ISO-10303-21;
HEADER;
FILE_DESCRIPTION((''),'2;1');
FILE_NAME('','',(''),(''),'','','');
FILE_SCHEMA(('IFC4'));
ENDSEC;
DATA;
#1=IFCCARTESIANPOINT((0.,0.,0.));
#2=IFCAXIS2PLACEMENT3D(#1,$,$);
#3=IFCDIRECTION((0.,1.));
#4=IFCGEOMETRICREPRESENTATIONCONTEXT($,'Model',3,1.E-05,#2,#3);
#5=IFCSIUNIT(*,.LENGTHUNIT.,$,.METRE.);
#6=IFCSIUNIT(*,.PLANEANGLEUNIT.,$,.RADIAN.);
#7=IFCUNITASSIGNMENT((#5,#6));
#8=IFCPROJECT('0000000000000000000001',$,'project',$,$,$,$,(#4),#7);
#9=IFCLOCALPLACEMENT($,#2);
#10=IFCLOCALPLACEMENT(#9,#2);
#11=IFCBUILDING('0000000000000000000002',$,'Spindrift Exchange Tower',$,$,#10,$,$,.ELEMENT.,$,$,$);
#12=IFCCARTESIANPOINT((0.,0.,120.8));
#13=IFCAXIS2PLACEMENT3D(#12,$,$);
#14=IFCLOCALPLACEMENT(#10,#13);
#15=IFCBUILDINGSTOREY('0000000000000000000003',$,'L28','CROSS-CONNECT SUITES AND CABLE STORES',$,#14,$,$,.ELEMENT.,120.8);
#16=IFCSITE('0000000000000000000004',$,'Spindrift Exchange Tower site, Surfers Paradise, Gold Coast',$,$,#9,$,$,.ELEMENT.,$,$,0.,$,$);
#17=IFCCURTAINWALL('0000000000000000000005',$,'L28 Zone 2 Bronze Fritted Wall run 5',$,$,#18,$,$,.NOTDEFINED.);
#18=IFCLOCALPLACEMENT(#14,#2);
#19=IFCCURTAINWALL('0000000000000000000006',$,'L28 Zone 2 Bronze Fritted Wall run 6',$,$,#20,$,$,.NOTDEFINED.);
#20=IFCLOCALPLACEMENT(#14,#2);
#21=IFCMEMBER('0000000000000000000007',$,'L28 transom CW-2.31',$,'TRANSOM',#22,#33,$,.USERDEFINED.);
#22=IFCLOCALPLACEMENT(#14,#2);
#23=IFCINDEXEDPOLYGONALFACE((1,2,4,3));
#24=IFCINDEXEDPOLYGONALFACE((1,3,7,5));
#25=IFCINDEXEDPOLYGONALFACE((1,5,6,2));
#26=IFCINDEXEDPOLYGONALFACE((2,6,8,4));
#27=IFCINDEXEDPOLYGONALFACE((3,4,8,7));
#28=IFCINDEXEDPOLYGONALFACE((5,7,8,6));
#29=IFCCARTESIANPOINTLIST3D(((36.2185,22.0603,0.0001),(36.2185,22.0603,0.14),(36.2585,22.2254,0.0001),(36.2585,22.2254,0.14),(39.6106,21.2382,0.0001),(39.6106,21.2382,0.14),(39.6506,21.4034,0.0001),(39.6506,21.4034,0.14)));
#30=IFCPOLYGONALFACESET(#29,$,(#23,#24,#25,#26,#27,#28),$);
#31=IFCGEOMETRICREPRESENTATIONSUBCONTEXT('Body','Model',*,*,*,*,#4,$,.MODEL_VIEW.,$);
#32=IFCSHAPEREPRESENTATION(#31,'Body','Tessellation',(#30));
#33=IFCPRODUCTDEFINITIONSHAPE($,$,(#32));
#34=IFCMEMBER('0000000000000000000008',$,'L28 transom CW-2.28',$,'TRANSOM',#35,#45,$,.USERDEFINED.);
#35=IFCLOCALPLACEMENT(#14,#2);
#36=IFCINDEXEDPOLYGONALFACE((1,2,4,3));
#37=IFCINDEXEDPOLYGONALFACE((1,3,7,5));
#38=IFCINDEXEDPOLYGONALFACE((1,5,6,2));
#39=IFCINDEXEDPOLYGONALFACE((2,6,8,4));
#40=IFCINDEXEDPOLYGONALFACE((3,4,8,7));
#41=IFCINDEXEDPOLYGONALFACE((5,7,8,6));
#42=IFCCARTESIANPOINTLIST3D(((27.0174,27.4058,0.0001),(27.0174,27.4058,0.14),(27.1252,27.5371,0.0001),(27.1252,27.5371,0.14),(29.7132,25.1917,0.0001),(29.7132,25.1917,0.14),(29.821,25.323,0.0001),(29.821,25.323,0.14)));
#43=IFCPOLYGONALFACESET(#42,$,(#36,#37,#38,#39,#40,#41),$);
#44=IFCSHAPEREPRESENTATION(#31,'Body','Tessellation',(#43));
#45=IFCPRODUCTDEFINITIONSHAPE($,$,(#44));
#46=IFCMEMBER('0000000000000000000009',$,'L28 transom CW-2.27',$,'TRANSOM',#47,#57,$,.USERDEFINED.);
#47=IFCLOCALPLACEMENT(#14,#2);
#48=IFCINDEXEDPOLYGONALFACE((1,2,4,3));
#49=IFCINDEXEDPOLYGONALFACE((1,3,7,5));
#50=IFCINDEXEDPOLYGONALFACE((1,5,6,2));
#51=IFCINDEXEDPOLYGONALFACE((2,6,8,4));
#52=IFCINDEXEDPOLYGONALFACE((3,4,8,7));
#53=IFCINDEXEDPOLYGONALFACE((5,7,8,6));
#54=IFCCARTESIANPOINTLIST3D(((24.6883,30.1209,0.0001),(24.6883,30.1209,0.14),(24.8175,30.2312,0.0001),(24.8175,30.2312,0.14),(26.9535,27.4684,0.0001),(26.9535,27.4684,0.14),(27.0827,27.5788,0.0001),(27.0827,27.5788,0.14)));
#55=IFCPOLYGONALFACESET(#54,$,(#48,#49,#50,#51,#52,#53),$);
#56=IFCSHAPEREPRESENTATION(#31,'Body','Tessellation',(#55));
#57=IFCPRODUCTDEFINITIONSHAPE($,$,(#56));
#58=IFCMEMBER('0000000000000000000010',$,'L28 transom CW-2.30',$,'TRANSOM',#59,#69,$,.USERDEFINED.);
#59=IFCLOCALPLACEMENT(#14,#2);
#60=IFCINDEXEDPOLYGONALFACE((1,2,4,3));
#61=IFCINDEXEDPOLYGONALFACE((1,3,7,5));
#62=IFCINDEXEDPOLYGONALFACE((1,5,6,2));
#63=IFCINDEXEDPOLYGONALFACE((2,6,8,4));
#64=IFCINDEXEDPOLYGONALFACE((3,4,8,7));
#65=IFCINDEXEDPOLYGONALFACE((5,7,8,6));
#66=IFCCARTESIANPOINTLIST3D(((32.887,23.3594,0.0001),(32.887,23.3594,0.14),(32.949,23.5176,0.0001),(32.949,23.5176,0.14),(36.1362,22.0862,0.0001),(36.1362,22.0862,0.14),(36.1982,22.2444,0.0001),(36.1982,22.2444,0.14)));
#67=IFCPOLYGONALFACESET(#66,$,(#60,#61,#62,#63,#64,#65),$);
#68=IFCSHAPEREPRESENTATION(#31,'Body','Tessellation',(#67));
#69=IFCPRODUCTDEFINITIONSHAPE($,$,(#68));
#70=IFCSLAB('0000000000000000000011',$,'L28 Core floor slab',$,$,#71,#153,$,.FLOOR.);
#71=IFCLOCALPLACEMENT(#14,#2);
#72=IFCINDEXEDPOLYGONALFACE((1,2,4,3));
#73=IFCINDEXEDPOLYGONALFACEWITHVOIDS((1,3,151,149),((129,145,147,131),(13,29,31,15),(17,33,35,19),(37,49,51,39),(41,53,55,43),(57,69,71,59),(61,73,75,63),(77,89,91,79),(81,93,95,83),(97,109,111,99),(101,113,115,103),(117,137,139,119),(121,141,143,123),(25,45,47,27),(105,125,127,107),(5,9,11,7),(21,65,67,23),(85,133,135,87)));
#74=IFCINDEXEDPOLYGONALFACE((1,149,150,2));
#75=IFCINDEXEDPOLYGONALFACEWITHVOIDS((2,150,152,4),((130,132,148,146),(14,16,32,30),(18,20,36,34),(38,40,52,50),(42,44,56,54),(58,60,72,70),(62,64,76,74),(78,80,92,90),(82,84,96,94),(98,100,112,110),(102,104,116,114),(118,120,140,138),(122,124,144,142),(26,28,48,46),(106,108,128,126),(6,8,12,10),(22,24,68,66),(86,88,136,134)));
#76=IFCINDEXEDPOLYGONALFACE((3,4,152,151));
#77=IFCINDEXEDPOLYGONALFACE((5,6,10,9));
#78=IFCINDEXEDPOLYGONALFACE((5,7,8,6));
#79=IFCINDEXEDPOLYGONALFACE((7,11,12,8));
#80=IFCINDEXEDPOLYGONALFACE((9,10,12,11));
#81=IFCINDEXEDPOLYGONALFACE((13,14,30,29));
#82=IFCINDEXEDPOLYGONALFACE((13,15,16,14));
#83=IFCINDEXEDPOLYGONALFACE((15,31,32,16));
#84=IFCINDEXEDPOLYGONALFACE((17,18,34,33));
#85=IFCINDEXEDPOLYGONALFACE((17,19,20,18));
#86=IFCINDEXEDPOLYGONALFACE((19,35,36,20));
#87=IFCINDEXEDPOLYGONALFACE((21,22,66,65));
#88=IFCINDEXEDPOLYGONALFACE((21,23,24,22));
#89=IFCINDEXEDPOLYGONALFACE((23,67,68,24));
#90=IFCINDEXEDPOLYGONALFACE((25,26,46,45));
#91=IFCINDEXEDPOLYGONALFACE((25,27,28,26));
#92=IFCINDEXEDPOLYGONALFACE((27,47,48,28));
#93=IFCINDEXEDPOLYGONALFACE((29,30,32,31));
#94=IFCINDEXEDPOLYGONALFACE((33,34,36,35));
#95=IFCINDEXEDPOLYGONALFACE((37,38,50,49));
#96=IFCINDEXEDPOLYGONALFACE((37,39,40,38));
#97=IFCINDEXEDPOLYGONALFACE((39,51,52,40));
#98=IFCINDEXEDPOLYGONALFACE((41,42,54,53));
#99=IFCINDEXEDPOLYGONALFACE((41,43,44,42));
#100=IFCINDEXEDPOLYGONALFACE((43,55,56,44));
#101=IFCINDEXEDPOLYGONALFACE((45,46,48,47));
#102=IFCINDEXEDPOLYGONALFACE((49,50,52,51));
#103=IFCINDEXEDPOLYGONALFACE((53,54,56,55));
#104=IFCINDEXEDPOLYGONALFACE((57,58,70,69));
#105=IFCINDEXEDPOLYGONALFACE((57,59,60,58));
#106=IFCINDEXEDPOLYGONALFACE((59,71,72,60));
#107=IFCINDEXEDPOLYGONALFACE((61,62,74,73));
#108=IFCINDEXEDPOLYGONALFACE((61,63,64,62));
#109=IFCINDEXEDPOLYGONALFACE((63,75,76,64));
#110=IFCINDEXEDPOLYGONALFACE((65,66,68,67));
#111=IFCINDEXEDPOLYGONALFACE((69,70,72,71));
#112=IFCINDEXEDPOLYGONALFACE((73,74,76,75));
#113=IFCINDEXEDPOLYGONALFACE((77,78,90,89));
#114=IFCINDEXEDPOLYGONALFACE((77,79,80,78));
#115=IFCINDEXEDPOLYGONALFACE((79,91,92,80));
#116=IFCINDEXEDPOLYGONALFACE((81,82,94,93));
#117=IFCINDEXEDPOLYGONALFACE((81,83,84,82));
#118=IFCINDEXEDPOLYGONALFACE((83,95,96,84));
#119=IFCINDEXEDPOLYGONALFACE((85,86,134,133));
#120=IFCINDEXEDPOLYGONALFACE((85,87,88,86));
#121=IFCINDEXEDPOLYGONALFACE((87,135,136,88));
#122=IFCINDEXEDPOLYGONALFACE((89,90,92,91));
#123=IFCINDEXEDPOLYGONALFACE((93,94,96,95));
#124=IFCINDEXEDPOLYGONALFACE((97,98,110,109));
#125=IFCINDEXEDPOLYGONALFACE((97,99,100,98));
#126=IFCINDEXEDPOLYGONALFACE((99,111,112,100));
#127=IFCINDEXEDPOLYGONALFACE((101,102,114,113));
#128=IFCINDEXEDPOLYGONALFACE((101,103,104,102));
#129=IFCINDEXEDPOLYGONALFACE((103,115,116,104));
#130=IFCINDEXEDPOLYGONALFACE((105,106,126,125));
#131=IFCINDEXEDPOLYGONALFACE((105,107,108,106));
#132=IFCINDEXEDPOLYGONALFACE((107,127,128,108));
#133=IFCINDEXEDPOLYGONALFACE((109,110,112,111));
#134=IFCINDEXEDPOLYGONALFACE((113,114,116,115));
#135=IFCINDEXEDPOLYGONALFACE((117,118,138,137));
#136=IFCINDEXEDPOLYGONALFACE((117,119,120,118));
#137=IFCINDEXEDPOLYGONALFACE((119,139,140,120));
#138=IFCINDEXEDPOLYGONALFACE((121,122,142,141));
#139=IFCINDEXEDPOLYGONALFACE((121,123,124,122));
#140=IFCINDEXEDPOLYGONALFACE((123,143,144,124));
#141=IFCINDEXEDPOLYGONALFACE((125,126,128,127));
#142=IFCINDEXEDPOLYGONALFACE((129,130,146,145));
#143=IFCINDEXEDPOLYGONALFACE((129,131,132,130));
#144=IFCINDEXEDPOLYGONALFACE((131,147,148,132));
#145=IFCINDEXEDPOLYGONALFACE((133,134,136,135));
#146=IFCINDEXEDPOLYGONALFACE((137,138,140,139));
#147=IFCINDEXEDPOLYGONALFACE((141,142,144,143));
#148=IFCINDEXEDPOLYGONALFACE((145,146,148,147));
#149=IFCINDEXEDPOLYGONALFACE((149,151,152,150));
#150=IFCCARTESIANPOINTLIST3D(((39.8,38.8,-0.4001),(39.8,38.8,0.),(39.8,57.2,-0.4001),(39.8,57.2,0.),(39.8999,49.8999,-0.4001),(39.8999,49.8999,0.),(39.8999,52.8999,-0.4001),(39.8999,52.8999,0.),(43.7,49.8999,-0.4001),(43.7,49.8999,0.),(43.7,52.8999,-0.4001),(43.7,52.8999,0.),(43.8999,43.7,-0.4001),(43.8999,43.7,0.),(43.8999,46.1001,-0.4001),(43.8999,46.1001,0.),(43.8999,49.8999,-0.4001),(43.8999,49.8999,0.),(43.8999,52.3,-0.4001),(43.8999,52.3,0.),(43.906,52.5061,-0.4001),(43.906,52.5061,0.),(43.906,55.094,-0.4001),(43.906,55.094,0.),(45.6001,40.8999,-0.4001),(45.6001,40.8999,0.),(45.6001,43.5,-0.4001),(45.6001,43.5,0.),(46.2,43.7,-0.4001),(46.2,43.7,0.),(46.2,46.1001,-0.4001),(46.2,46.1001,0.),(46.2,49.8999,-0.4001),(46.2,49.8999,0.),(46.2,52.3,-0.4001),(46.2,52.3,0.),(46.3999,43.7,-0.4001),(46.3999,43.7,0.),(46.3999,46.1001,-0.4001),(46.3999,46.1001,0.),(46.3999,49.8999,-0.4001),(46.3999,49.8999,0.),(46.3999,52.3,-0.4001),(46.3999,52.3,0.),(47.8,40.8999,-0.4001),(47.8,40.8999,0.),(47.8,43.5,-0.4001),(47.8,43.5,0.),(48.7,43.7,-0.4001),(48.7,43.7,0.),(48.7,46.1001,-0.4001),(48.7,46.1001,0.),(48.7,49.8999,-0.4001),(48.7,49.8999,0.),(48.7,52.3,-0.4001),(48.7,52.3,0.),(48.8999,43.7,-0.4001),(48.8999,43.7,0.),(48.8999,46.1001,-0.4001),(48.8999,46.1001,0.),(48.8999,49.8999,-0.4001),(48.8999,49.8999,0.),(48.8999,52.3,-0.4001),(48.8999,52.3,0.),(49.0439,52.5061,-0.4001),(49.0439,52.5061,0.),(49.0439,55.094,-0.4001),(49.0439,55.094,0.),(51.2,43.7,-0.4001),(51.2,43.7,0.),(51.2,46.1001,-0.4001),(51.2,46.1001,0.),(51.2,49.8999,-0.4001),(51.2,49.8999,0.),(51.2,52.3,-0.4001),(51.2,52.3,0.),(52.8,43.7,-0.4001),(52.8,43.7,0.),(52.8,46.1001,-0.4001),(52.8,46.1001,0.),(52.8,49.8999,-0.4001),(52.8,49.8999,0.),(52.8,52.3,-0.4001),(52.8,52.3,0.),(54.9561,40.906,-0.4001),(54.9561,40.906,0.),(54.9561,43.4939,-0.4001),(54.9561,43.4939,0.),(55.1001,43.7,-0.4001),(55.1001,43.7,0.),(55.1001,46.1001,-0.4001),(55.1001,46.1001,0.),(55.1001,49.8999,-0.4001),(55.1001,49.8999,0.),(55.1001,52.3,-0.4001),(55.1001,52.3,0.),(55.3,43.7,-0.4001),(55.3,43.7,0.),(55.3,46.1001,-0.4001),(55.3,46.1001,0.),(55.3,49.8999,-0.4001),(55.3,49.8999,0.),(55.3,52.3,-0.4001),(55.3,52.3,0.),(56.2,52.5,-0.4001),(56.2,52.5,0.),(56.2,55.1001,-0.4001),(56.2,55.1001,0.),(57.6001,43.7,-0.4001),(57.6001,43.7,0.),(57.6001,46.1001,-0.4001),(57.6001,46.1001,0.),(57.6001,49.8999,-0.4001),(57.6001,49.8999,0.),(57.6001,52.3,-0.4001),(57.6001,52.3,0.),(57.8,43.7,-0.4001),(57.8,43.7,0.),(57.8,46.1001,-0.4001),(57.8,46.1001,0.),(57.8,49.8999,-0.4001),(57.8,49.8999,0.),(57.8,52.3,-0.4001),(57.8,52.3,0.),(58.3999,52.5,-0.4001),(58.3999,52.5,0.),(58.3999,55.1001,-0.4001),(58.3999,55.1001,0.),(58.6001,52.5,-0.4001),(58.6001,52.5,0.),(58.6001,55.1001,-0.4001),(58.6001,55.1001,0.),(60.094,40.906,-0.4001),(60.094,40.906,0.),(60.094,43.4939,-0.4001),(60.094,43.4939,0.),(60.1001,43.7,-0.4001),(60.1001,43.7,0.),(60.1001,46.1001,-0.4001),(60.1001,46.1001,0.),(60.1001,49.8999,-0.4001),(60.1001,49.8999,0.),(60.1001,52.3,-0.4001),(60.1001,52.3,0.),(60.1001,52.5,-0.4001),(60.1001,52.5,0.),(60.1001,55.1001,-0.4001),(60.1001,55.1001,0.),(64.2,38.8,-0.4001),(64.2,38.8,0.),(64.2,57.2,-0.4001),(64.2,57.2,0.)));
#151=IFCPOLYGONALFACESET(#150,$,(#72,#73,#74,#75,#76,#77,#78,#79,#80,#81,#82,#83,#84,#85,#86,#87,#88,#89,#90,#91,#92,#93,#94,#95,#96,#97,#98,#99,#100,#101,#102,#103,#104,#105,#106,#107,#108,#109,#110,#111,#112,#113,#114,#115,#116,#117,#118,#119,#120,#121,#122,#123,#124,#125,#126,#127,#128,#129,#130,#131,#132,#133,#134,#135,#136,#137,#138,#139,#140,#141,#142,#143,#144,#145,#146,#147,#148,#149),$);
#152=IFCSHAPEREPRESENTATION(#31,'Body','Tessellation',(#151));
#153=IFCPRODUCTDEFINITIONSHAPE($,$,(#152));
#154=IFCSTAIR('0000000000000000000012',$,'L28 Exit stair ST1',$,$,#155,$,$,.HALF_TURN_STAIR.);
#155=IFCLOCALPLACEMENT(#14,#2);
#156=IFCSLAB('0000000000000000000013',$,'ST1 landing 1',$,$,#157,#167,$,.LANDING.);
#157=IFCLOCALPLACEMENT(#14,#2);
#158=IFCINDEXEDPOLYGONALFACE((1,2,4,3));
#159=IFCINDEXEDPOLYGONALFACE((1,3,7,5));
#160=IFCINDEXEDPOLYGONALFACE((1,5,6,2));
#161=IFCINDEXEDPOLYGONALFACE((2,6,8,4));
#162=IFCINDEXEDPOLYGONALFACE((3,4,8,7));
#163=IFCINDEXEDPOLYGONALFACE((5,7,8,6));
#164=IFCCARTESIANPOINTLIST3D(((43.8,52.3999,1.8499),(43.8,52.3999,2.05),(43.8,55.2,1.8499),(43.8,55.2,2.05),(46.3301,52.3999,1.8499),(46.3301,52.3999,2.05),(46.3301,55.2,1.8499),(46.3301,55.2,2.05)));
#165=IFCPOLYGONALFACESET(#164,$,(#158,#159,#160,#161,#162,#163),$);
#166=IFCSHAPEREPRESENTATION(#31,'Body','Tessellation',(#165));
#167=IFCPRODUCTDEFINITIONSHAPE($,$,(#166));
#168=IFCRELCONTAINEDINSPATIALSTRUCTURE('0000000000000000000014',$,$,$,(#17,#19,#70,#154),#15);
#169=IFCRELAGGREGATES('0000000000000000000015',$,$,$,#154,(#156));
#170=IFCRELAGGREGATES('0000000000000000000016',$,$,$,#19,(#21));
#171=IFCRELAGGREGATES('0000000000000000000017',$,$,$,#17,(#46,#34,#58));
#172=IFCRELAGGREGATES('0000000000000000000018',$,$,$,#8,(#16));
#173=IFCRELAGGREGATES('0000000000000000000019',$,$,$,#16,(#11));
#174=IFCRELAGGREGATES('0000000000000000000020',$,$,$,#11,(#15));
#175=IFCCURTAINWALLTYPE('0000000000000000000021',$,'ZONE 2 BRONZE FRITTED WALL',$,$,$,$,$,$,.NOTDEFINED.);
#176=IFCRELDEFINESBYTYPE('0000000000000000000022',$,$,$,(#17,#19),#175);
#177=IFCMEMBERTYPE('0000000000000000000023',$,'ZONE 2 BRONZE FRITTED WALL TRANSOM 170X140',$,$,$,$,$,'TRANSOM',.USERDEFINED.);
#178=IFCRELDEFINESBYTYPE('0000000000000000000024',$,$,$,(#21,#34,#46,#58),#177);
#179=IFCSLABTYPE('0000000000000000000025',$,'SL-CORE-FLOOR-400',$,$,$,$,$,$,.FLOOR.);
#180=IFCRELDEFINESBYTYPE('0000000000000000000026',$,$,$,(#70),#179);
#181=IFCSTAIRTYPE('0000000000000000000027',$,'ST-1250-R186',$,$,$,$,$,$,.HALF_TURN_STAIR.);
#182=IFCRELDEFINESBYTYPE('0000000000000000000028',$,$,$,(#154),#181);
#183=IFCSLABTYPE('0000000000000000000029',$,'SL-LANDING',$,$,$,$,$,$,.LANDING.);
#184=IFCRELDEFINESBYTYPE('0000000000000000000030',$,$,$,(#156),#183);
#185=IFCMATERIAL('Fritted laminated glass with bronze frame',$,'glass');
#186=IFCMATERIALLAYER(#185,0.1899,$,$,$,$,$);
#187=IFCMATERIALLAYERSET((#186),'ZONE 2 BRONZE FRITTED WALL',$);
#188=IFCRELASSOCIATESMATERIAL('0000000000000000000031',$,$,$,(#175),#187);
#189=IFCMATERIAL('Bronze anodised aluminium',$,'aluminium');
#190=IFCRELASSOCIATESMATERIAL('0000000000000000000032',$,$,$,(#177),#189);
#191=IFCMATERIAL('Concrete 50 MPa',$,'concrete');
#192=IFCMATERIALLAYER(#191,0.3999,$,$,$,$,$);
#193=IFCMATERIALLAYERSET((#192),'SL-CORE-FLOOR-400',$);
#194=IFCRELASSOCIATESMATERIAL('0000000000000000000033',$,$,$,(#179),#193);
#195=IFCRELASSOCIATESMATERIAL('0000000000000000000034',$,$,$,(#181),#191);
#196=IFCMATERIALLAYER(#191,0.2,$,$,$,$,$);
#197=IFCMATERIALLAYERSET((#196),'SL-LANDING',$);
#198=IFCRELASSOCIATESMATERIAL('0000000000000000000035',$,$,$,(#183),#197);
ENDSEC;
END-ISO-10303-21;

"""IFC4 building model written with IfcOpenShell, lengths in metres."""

from ifc_helpers import new_model, si_unit, direction, frame, origin, origin_2d, place, context, subcontext, project, spatial, line, indexed_curve, rectangle, outline, extrude, source, transform, mapped, material, layer, layer_set, material_profile, profile_set, type_object, element, aggregate, save


model = new_model("IFC4")

# Units and contexts
model_context = context("Model", 3, precision=1e-05, world=origin(), true_north=direction((0.0, 1.0)))
body_context = subcontext(model_context, "Body", "Model", "MODEL_VIEW")
ifc_project = project(units=[si_unit("LENGTHUNIT", "METRE"), si_unit("PLANEANGLEUNIT", "RADIAN")], contexts=[model_context])

# Site, building, storey
site_placement = place(None, origin())
site = spatial("IfcSite", under=ifc_project, at=site_placement, Name="Spindrift Exchange Tower site, Surfers Paradise, Gold Coast", CompositionType="ELEMENT", RefElevation=0.0)
building_placement = place(site_placement, origin())
building = spatial("IfcBuilding", under=site, at=building_placement, Name="Spindrift Exchange Tower", CompositionType="ELEMENT")
storey_placement = place(building_placement, frame((0.0, 0.0, 120.8)))
storey = spatial("IfcBuildingStorey", under=building, at=storey_placement, Name="L28", Description="CROSS-CONNECT SUITES AND CABLE STORES", CompositionType="ELEMENT", Elevation=120.8)

# Curtain wall
ifc_material_1 = material(Name="Fritted laminated glass with bronze frame", Category="glass")
ifc_layer_1 = layer(ifc_material_1, 0.1899)
ifc_layer_set_1 = layer_set([ifc_layer_1], Name="ZONE 2 BRONZE FRITTED WALL")
curtain_wall_type = type_object("IfcCurtainWallType", Name="ZONE 2 BRONZE FRITTED WALL", PredefinedType="NOTDEFINED", material=ifc_layer_set_1)
curtain_wall_1_placement = place(storey_placement, origin())
curtain_wall_1 = element("IfcCurtainWall", 1, at=curtain_wall_1_placement, inside=storey, type_object=curtain_wall_type, Name="L28 Zone 2 Bronze Fritted Wall run 5", PredefinedType="NOTDEFINED")
ifc_material_2 = material(Name="Bronze anodised aluminium", Category="aluminium")

# Curtain wall
curtain_wall_2_placement = place(storey_placement, origin())
curtain_wall_2 = element("IfcCurtainWall", 2, at=curtain_wall_2_placement, inside=storey, type_object=curtain_wall_type, Name="L28 Zone 2 Bronze Fritted Wall run 6", PredefinedType="NOTDEFINED")

# Members
ifc_material_profile_1 = material_profile(ifc_material_2, rectangle(XDim=0.1699, YDim=0.1399, at=origin_2d()), Name="ZONE 2 BRONZE FRITTED WALL TRANSOM 170X140")
ifc_profile_set_1 = profile_set([ifc_material_profile_1], Name="Bronze anodised aluminium")
member_type_1 = type_object("IfcMemberType", Name="ZONE 2 BRONZE FRITTED WALL TRANSOM 170X140", ElementType="TRANSOM", PredefinedType="USERDEFINED", material=ifc_profile_set_1)
shared_shape_1 = source(origin(), body_context, "Body", "SweptSolid", [
    extrude(rectangle(XDim=0.1699, YDim=0.1399, at=origin_2d()), origin(), (0.0, 0.0, 1.0), 3.4902),
])
member_1_placement = place(storey_placement, frame((36.2385, 22.1428, 0.0701), z_axis=(0.97187, -0.235518, 0.0), x_axis=(0.235518, 0.97187, 0.0)))
member_1 = element("IfcMember", 3, at=member_1_placement, type_object=member_type_1, Name="L28 transom CW-2.31", ObjectType="TRANSOM", PredefinedType="USERDEFINED", context=body_context, shape_type="MappedRepresentation", body=[
    mapped(shared_shape_1, transform((0.0, 0.0, 0.0), scale=1.0)),
])
shared_shape_2 = source(origin(), body_context, "Body", "SweptSolid", [
    extrude(rectangle(XDim=0.1699, YDim=0.1399, at=origin_2d()), origin(), (0.0, 0.0, 1.0), 3.4885),
])
member_2_placement = place(storey_placement, frame((27.0713, 27.4714, 0.0701), z_axis=(0.772768, -0.634689, 0.0), x_axis=(0.634689, 0.772768, 0.0)))
member_2 = element("IfcMember", 4, at=member_2_placement, type_object=member_type_1, Name="L28 transom CW-2.28", ObjectType="TRANSOM", PredefinedType="USERDEFINED", context=body_context, shape_type="MappedRepresentation", body=[
    mapped(shared_shape_2, transform((0.0, 0.0, 0.0), scale=1.0)),
])
shared_shape_3 = source(origin(), body_context, "Body", "SweptSolid", [
    extrude(rectangle(XDim=0.1699, YDim=0.1399, at=origin_2d()), origin(), (0.0, 0.0, 1.0), 3.488),
])
member_3_placement = place(storey_placement, frame((24.7529, 30.176, 0.0701), z_axis=(0.649418, -0.760431, 0.0), x_axis=(0.760431, 0.649418, 0.0)))
member_3 = element("IfcMember", 5, at=member_3_placement, type_object=member_type_1, Name="L28 transom CW-2.27", ObjectType="TRANSOM", PredefinedType="USERDEFINED", context=body_context, shape_type="MappedRepresentation", body=[
    mapped(shared_shape_3, transform((0.0, 0.0, 0.0), scale=1.0)),
])
shared_shape_4 = source(origin(), body_context, "Body", "SweptSolid", [
    extrude(rectangle(XDim=0.1699, YDim=0.1399, at=origin_2d()), origin(), (0.0, 0.0, 1.0), 3.4897),
])
member_4_placement = place(storey_placement, frame((32.918, 23.4385, 0.0701), z_axis=(0.931073, -0.364832, 0.0), x_axis=(0.364832, 0.931073, 0.0)))
member_4 = element("IfcMember", 6, at=member_4_placement, type_object=member_type_1, Name="L28 transom CW-2.30", ObjectType="TRANSOM", PredefinedType="USERDEFINED", context=body_context, shape_type="MappedRepresentation", body=[
    mapped(shared_shape_4, transform((0.0, 0.0, 0.0), scale=1.0)),
])

# Slab
ifc_material_3 = material(Name="Concrete 50 MPa", Category="concrete")
ifc_layer_2 = layer(ifc_material_3, 0.3999)
ifc_layer_set_2 = layer_set([ifc_layer_2], Name="SL-CORE-FLOOR-400")
slab_type_1 = type_object("IfcSlabType", Name="SL-CORE-FLOOR-400", PredefinedType="FLOOR", material=ifc_layer_set_2)
slab_1_placement = place(storey_placement, frame((0.0, 0.0, -0.4001)))
element("IfcSlab", 7, at=slab_1_placement, inside=storey, type_object=slab_type_1, Name="L28 Core floor slab", PredefinedType="FLOOR", context=body_context, shape_type="SweptSolid", body=[
    extrude(outline(indexed_curve([(39.8, 38.8), (39.8, 57.2), (64.2, 57.2), (64.2, 38.8)], segments=[line(1, 2, 3, 4, 1)], self_intersect=False), holes=[indexed_curve([(47.8, 43.5), (45.6001, 43.5), (45.6001, 40.8999), (47.8, 40.8999)], segments=[line(1, 2, 3, 4, 1)], self_intersect=False), indexed_curve([(46.2, 46.1001), (43.8999, 46.1001), (43.8999, 43.7), (46.2, 43.7)], segments=[line(1, 2, 3, 4, 1)], self_intersect=False), indexed_curve([(48.7, 46.1001), (46.3999, 46.1001), (46.3999, 43.7), (48.7, 43.7)], segments=[line(1, 2, 3, 4, 1)], self_intersect=False), indexed_curve([(51.2, 46.1001), (48.8999, 46.1001), (48.8999, 43.7), (51.2, 43.7)], segments=[line(1, 2, 3, 4, 1)], self_intersect=False), indexed_curve([(46.2, 52.3), (43.8999, 52.3), (43.8999, 49.8999), (46.2, 49.8999)], segments=[line(1, 2, 3, 4, 1)], self_intersect=False), indexed_curve([(48.7, 52.3), (46.3999, 52.3), (46.3999, 49.8999), (48.7, 49.8999)], segments=[line(1, 2, 3, 4, 1)], self_intersect=False), indexed_curve([(51.2, 52.3), (48.8999, 52.3), (48.8999, 49.8999), (51.2, 49.8999)], segments=[line(1, 2, 3, 4, 1)], self_intersect=False), indexed_curve([(43.7, 49.8999), (43.7, 52.8999), (39.8999, 52.8999), (39.8999, 49.8999)], segments=[line(1, 2, 3, 4, 1)], self_intersect=False), indexed_curve([(49.0439, 55.094), (43.906, 55.094), (43.906, 52.5061), (49.0439, 52.5061)], segments=[line(1, 2, 3, 4, 1)], self_intersect=False), indexed_curve([(60.094, 40.906), (60.094, 43.4939), (54.9561, 43.4939), (54.9561, 40.906)], segments=[line(1, 2, 3, 4, 1)], self_intersect=False), indexed_curve([(55.1001, 46.1001), (52.8, 46.1001), (52.8, 43.7), (55.1001, 43.7)], segments=[line(1, 2, 3, 4, 1)], self_intersect=False), indexed_curve([(57.6001, 46.1001), (55.3, 46.1001), (55.3, 43.7), (57.6001, 43.7)], segments=[line(1, 2, 3, 4, 1)], self_intersect=False), indexed_curve([(60.1001, 46.1001), (57.8, 46.1001), (57.8, 43.7), (60.1001, 43.7)], segments=[line(1, 2, 3, 4, 1)], self_intersect=False), indexed_curve([(55.1001, 52.3), (52.8, 52.3), (52.8, 49.8999), (55.1001, 49.8999)], segments=[line(1, 2, 3, 4, 1)], self_intersect=False), indexed_curve([(57.6001, 52.3), (55.3, 52.3), (55.3, 49.8999), (57.6001, 49.8999)], segments=[line(1, 2, 3, 4, 1)], self_intersect=False), indexed_curve([(60.1001, 52.3), (57.8, 52.3), (57.8, 49.8999), (60.1001, 49.8999)], segments=[line(1, 2, 3, 4, 1)], self_intersect=False), indexed_curve([(58.3999, 52.5), (58.3999, 55.1001), (56.2, 55.1001), (56.2, 52.5)], segments=[line(1, 2, 3, 4, 1)], self_intersect=False), indexed_curve([(60.1001, 52.5), (60.1001, 55.1001), (58.6001, 55.1001), (58.6001, 52.5)], segments=[line(1, 2, 3, 4, 1)], self_intersect=False)]), origin(), (0.0, 0.0, 1.0), 0.4001),
])

# Stair, slab
stair_type = type_object("IfcStairType", Name="ST-1250-R186", PredefinedType="HALF_TURN_STAIR", material=ifc_material_3)
stair_1_placement = place(storey_placement, origin())
stair_1 = element("IfcStair", 8, at=stair_1_placement, inside=storey, type_object=stair_type, Name="L28 Exit stair ST1", PredefinedType="HALF_TURN_STAIR")
ifc_layer_3 = layer(ifc_material_3, 0.2)
ifc_layer_set_3 = layer_set([ifc_layer_3], Name="SL-LANDING")
slab_type_2 = type_object("IfcSlabType", Name="SL-LANDING", PredefinedType="LANDING", material=ifc_layer_set_3)
slab_2_placement = place(storey_placement, frame((0.0, 0.0, 1.8499)))
slab_2 = element("IfcSlab", 9, at=slab_2_placement, type_object=slab_type_2, Name="ST1 landing 1", PredefinedType="LANDING", context=body_context, shape_type="SweptSolid", body=[
    extrude(outline(indexed_curve([(46.3301, 52.3999), (43.8, 52.3999), (43.8, 55.2), (46.3301, 55.2)], segments=[line(1, 2, 3, 4, 1)], self_intersect=False)), origin(), (0.0, 0.0, 1.0), 0.2002),
])
aggregate(stair_1, [slab_2])

aggregate(curtain_wall_2, [member_1])
aggregate(curtain_wall_1, [member_3, member_2, member_4])

save(model, "model.ifc")
